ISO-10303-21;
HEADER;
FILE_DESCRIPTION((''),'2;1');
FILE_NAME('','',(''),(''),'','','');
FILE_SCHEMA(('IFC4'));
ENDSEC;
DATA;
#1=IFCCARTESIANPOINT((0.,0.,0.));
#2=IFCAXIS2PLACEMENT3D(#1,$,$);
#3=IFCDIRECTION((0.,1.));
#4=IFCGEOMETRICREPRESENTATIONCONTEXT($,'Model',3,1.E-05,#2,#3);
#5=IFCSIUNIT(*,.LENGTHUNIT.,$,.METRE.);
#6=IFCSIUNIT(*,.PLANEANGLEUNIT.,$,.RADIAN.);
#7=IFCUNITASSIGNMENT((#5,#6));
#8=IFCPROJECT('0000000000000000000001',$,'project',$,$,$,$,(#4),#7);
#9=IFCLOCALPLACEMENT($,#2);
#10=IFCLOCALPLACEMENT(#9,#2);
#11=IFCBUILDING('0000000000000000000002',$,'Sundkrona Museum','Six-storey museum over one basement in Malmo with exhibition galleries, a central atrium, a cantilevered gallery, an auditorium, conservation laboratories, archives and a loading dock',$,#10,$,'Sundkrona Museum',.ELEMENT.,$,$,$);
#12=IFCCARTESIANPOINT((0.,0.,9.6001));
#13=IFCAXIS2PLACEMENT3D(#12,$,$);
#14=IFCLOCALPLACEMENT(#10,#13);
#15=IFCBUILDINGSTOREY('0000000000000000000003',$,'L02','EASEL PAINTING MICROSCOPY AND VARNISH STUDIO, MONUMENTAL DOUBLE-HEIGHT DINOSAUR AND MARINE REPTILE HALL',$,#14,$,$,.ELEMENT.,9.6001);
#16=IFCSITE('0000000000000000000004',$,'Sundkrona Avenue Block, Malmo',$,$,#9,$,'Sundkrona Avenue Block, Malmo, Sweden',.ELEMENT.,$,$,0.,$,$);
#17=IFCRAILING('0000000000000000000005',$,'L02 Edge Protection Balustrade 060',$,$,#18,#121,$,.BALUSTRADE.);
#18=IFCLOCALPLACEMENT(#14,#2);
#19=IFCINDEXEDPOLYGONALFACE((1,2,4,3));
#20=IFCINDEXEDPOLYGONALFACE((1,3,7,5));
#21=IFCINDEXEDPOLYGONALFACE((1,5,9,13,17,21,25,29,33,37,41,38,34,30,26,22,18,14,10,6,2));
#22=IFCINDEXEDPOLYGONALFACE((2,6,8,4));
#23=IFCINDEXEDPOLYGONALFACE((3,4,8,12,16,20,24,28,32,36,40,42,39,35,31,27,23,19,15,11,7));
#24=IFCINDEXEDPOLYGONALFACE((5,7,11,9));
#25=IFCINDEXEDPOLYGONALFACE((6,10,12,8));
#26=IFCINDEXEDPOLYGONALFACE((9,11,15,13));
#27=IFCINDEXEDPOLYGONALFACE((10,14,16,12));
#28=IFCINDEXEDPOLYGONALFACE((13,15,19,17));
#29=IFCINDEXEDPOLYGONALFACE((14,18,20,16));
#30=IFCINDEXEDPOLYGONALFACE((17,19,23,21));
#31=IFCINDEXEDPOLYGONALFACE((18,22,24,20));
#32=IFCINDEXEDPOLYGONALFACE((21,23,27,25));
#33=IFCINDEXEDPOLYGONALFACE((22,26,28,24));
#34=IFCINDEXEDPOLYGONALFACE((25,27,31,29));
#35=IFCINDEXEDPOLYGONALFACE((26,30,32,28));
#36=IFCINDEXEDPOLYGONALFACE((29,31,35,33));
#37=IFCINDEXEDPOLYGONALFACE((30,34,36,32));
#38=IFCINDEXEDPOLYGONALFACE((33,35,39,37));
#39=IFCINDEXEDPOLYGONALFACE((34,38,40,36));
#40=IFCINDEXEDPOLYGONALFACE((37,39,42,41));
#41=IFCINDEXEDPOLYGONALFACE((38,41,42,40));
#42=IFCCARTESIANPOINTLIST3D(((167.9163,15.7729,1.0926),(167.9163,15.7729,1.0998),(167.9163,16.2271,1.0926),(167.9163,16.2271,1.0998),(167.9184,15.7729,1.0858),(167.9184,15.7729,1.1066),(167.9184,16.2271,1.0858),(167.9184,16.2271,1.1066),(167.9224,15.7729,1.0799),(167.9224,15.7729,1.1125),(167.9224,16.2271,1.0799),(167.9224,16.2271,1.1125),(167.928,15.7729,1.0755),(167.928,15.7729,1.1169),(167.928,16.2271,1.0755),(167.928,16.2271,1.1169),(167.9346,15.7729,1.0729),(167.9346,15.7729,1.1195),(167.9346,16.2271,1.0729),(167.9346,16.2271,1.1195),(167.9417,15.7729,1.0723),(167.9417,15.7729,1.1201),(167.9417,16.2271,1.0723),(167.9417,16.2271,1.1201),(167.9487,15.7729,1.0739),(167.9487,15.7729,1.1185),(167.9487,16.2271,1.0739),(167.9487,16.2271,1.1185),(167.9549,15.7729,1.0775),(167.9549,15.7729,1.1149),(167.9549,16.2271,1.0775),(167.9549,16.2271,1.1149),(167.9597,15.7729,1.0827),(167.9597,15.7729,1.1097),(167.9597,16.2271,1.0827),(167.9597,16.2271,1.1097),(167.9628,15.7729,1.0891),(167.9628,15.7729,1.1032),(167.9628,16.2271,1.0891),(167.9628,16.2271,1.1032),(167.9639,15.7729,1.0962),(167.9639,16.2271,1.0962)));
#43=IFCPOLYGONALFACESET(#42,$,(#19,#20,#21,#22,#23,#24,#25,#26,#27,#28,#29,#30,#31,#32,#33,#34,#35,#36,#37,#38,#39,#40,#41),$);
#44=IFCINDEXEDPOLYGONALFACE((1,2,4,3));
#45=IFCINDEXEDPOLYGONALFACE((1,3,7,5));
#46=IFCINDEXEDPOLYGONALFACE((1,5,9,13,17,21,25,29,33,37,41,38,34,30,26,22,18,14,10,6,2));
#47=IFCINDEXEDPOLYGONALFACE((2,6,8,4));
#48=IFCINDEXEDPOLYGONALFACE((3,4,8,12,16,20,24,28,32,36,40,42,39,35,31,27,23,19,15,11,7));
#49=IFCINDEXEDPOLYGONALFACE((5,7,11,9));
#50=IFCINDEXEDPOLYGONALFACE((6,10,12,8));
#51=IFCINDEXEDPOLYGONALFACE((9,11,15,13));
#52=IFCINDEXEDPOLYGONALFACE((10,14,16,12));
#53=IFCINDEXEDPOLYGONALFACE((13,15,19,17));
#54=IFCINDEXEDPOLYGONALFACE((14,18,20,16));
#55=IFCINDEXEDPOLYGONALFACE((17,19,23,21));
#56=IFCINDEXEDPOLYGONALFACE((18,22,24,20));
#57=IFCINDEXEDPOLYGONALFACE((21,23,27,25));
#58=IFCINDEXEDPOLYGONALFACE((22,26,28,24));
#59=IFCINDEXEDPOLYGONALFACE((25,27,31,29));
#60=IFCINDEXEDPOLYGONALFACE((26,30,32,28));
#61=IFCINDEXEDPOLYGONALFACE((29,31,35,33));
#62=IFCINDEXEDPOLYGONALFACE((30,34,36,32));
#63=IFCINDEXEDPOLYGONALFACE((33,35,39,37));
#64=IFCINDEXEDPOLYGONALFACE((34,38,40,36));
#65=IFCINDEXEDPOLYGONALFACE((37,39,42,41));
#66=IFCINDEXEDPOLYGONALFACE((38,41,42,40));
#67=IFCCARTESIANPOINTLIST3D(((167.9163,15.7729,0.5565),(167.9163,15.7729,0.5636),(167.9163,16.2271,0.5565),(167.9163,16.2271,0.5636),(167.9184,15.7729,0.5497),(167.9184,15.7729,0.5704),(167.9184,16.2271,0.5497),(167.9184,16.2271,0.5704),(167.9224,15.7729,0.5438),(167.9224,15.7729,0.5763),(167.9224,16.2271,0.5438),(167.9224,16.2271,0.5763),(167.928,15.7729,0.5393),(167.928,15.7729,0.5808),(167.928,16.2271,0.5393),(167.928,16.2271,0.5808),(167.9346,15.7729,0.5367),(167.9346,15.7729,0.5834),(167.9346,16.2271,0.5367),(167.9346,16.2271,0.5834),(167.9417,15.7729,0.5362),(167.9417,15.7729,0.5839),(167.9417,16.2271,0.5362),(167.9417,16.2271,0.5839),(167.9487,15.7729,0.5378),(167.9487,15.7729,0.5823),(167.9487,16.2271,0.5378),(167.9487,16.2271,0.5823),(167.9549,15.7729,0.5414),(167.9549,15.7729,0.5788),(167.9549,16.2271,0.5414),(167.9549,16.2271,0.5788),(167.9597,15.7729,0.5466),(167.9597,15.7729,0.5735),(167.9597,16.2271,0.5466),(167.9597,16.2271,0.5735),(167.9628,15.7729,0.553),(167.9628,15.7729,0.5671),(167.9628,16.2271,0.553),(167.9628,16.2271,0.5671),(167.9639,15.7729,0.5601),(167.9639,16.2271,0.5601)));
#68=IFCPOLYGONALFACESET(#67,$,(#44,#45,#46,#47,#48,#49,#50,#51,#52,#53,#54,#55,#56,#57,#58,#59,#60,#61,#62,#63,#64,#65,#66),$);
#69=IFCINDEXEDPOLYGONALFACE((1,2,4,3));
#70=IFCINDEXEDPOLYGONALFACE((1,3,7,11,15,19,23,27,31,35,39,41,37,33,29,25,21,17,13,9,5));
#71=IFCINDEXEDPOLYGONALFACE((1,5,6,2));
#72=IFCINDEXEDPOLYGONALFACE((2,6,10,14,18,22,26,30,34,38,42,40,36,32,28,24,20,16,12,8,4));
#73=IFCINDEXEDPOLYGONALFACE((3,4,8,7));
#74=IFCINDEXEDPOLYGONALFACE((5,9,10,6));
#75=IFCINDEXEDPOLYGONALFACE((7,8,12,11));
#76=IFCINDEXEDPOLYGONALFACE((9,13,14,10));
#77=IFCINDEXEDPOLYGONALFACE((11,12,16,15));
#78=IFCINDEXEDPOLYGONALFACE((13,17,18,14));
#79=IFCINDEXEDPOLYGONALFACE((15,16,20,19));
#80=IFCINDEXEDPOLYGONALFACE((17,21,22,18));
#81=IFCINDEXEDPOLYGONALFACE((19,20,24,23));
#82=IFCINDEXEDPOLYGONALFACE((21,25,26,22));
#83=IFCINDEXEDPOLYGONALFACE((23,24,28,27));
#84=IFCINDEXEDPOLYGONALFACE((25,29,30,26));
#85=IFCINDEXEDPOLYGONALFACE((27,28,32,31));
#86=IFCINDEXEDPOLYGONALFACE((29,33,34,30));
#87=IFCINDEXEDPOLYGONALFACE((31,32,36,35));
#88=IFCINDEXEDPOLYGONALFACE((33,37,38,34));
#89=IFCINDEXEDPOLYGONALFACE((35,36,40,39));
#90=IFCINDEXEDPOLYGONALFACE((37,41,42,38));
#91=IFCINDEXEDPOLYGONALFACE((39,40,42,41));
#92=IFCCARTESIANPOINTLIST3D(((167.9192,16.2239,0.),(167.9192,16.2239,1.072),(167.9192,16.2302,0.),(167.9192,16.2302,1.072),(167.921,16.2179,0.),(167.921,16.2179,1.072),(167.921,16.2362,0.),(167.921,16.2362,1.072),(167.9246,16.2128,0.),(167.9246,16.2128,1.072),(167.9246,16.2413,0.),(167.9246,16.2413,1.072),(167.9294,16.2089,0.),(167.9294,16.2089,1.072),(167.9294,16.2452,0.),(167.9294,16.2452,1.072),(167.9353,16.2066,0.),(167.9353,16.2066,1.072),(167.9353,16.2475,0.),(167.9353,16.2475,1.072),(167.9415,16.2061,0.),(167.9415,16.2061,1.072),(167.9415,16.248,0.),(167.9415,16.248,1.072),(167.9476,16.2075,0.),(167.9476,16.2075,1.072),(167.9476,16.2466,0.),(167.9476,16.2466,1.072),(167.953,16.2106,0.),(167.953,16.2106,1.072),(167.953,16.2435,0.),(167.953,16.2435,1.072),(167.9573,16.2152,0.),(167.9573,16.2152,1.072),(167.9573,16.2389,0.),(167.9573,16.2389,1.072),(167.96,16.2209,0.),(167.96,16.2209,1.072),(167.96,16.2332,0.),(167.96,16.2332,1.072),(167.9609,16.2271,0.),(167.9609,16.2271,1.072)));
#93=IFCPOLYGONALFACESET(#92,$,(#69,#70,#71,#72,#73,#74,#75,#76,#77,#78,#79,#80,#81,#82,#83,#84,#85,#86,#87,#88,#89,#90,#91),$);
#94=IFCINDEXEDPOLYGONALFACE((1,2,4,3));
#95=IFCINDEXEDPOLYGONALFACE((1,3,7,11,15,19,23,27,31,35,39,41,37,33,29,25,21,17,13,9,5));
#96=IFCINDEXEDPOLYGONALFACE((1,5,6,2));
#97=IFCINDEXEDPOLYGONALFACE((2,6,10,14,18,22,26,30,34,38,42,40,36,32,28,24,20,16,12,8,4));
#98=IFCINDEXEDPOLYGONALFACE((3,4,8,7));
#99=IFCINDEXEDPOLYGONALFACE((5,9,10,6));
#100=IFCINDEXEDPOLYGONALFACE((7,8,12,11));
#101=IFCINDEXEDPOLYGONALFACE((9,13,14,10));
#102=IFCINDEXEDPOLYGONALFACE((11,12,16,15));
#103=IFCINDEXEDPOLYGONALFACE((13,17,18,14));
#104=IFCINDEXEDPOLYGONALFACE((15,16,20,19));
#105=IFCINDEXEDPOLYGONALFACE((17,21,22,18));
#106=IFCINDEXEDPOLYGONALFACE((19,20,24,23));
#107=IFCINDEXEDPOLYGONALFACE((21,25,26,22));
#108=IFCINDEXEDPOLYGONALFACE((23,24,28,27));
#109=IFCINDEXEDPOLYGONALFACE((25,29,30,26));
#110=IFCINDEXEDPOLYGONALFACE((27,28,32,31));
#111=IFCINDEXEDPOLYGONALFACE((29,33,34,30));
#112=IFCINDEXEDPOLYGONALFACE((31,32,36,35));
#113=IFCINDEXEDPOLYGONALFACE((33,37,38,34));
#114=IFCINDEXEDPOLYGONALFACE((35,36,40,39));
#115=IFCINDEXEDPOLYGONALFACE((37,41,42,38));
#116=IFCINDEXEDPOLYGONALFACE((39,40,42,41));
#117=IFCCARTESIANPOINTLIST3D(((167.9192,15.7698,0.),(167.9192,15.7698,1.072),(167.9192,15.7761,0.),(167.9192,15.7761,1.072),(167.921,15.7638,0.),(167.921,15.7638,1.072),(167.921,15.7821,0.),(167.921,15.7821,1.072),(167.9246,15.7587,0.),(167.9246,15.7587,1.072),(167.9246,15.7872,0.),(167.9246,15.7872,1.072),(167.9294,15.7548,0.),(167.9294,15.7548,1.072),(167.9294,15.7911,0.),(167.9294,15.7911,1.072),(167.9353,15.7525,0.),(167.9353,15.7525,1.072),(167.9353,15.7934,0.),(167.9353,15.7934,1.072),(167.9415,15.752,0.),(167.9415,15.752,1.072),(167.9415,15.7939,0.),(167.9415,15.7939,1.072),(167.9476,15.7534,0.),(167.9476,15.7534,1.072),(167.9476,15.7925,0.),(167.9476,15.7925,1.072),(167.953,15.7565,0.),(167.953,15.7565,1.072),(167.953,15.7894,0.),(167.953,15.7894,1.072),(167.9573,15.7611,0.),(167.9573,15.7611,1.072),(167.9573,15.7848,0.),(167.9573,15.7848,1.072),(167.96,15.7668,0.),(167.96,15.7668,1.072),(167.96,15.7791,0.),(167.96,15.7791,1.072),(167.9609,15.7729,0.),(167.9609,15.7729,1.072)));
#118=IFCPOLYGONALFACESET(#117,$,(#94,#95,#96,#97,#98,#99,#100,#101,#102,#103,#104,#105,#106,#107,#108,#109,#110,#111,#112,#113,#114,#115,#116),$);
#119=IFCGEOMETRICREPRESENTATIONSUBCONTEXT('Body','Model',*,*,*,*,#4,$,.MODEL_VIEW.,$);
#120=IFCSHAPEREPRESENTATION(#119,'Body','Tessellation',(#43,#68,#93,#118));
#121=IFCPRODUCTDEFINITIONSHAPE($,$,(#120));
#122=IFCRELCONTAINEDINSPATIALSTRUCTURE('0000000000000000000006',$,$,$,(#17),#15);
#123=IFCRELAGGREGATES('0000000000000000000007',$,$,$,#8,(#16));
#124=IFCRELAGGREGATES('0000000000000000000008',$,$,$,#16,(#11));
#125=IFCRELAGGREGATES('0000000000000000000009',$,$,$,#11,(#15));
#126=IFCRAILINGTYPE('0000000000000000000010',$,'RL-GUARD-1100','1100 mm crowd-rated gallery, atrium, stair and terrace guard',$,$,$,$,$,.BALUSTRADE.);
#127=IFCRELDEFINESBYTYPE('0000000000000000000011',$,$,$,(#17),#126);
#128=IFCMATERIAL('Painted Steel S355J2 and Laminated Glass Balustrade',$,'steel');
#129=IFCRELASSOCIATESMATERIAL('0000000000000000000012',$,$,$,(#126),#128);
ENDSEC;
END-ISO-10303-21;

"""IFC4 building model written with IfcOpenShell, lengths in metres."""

from ifc_helpers import new_model, si_unit, direction, frame, origin, origin_2d, place, context, subcontext, project, spatial, circle, extrude, material, type_object, element, save


model = new_model("IFC4")

# Units and contexts
model_context = context("Model", 3, precision=1e-05, world=origin(), true_north=direction((0.0, 1.0)))
body_context = subcontext(model_context, "Body", "Model", "MODEL_VIEW")
ifc_project = project(units=[si_unit("LENGTHUNIT", "METRE"), si_unit("PLANEANGLEUNIT", "RADIAN")], contexts=[model_context])

# Site, building, storey
site_placement = place(None, origin())
site = spatial("IfcSite", under=ifc_project, at=site_placement, Name="Sundkrona Avenue Block, Malmo", LongName="Sundkrona Avenue Block, Malmo, Sweden", CompositionType="ELEMENT", RefElevation=0.0)
building_placement = place(site_placement, origin())
building = spatial("IfcBuilding", under=site, at=building_placement, Name="Sundkrona Museum", Description="Six-storey museum over one basement in Malmo with exhibition galleries, a central atrium, a cantilevered gallery, an auditorium, conservation laboratories, archives and a loading dock", LongName="Sundkrona Museum", CompositionType="ELEMENT")
storey_placement = place(building_placement, frame((0.0, 0.0, 9.6001)))
storey = spatial("IfcBuildingStorey", under=building, at=storey_placement, Name="L02", Description="EASEL PAINTING MICROSCOPY AND VARNISH STUDIO, MONUMENTAL DOUBLE-HEIGHT DINOSAUR AND MARINE REPTILE HALL", CompositionType="ELEMENT", Elevation=9.6001)

# Railing
ifc_material_1 = material(Name="Painted Steel S355J2 and Laminated Glass Balustrade", Category="steel")
railing_type = type_object("IfcRailingType", Name="RL-GUARD-1100", Description="1100 mm crowd-rated gallery, atrium, stair and terrace guard", PredefinedType="BALUSTRADE", material=ifc_material_1)
for number, where, name in (
    (1, (167.9399, 16.2271, 0.0), "L02 Edge Protection Balustrade 060"),
):
    element("IfcRailing", number, at=place(storey_placement, frame(where)), inside=storey, type_object=railing_type, Name=name, PredefinedType="BALUSTRADE", context=body_context, shape_type="SweptSolid", body=[
        extrude(circle(Radius=0.0239, at=origin_2d()), frame((0.0, 0.0, 1.0962), z_axis=(0.0, -1.0, 0.0), x_axis=(1.0, 0.0, 0.0)), (0.0, 0.0, 1.0), 0.4541),
        extrude(circle(Radius=0.0239, at=origin_2d()), frame((0.0, 0.0, 0.5601), z_axis=(0.0, -1.0, 0.0), x_axis=(1.0, 0.0, 0.0)), (0.0, 0.0, 1.0), 0.4541),
        extrude(circle(Radius=0.021, at=origin_2d()), origin(), (0.0, 0.0, 1.0), 1.072),
        extrude(circle(Radius=0.021, at=origin_2d()), frame((0.0, -0.4541, 0.0)), (0.0, 0.0, 1.0), 1.072),
    ])

save(model, "model.ifc")
